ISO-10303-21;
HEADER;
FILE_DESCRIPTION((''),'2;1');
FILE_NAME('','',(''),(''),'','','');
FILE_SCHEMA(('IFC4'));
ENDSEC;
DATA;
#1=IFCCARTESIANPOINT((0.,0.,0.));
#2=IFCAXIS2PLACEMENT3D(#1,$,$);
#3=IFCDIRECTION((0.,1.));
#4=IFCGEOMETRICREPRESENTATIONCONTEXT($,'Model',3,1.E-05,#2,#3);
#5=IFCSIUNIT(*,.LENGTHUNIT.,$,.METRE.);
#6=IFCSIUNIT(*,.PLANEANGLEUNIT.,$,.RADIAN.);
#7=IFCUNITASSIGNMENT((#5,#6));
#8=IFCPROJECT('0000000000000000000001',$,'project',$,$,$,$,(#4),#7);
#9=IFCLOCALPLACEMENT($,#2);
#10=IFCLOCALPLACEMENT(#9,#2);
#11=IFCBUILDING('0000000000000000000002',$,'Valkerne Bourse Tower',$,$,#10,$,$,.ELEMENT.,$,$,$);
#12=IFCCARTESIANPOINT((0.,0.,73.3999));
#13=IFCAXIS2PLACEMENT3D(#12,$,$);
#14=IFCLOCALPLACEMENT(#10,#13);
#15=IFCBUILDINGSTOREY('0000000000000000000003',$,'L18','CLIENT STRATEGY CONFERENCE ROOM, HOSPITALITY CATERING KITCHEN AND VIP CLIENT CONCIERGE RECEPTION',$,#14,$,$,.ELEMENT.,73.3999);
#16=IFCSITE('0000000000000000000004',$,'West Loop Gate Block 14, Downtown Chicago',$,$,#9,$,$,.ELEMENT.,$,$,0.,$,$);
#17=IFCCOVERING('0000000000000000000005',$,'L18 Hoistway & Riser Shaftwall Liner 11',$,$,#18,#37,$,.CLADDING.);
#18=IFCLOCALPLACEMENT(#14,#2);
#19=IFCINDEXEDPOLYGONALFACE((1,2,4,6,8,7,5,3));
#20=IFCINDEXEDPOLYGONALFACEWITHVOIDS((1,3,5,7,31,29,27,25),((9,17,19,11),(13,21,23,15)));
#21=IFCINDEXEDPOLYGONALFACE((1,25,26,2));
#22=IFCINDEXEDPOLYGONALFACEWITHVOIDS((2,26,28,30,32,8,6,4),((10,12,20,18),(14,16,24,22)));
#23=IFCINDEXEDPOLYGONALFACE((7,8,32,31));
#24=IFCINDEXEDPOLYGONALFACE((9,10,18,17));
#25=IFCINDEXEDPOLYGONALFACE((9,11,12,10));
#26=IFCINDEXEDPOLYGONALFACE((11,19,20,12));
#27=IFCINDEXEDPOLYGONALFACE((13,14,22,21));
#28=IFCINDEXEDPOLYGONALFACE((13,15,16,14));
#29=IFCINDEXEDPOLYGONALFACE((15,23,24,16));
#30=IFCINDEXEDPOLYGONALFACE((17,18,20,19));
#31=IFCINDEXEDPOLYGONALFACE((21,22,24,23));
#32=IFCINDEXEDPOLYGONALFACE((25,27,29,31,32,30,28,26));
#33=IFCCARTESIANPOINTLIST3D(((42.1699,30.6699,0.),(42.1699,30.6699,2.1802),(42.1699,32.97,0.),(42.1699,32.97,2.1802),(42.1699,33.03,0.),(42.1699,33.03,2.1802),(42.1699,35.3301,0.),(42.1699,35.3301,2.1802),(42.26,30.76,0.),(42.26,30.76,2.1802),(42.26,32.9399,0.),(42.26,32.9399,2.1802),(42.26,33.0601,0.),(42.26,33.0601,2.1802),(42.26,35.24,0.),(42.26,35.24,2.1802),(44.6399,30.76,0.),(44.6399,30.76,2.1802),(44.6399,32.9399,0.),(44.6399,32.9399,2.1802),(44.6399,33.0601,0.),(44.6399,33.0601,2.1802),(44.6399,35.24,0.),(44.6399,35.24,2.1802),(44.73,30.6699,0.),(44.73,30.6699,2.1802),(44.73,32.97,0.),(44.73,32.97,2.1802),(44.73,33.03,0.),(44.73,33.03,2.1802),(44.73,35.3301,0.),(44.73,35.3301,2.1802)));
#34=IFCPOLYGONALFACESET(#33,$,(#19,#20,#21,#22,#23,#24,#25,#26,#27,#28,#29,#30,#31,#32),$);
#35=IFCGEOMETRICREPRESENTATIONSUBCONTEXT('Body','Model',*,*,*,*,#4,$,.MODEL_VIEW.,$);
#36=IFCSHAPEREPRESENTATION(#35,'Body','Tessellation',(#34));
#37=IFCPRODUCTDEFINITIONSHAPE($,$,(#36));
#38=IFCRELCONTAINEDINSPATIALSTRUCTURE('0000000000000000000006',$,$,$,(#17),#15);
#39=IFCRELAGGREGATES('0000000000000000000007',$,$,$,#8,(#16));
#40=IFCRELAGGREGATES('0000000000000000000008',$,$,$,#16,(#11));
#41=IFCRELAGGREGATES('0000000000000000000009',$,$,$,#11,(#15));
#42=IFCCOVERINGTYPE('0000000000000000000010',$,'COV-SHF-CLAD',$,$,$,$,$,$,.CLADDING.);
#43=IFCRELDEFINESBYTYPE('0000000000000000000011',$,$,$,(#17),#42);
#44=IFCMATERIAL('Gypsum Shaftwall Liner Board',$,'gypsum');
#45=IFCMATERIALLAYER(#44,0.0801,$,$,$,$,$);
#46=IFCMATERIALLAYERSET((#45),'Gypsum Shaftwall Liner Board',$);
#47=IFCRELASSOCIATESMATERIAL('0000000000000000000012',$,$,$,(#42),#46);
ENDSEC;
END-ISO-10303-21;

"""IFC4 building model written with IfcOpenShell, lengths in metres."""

from ifc_helpers import new_model, si_unit, direction, frame, origin, place, context, subcontext, project, spatial, polyline, outline, extrude, material, layer, layer_set, type_object, element, save


model = new_model("IFC4")

# Units and contexts
model_context = context("Model", 3, precision=1e-05, world=origin(), true_north=direction((0.0, 1.0)))
body_context = subcontext(model_context, "Body", "Model", "MODEL_VIEW")
ifc_project = project(units=[si_unit("LENGTHUNIT", "METRE"), si_unit("PLANEANGLEUNIT", "RADIAN")], contexts=[model_context])

# Site, building, storey
site_placement = place(None, origin())
site = spatial("IfcSite", under=ifc_project, at=site_placement, Name="West Loop Gate Block 14, Downtown Chicago", CompositionType="ELEMENT", RefElevation=0.0)
building_placement = place(site_placement, origin())
building = spatial("IfcBuilding", under=site, at=building_placement, Name="Valkerne Bourse Tower", CompositionType="ELEMENT")
storey_placement = place(building_placement, frame((0.0, 0.0, 73.3999)))
storey = spatial("IfcBuildingStorey", under=building, at=storey_placement, Name="L18", Description="CLIENT STRATEGY CONFERENCE ROOM, HOSPITALITY CATERING KITCHEN AND VIP CLIENT CONCIERGE RECEPTION", CompositionType="ELEMENT", Elevation=73.3999)

# Covering
ifc_material_1 = material(Name="Gypsum Shaftwall Liner Board", Category="gypsum")
ifc_layer_1 = layer(ifc_material_1, 0.0801)
ifc_layer_set_1 = layer_set([ifc_layer_1], Name="Gypsum Shaftwall Liner Board")
covering_type_1 = type_object("IfcCoveringType", Name="COV-SHF-CLAD", PredefinedType="CLADDING", material=ifc_layer_set_1)
covering_1_placement = place(storey_placement, origin())
element("IfcCovering", 1, at=covering_1_placement, inside=storey, type_object=covering_type_1, Name="L18 Hoistway & Riser Shaftwall Liner 11", PredefinedType="CLADDING", context=body_context, shape_type="SweptSolid", body=[
    extrude(outline(polyline([(44.73, 35.3301), (44.73, 33.03), (44.73, 32.97), (44.73, 30.6699), (42.1699, 30.6699), (42.1699, 32.97), (42.1699, 33.03), (42.1699, 35.3301), (44.73, 35.3301)]), holes=[polyline([(42.26, 30.76), (44.6399, 30.76), (44.6399, 32.9399), (42.26, 32.9399), (42.26, 30.76)]), polyline([(42.26, 33.0601), (44.6399, 33.0601), (44.6399, 35.24), (42.26, 35.24), (42.26, 33.0601)])]), origin(), (0.0, 0.0, 1.0), 2.1802),
])

save(model, "model.ifc")
